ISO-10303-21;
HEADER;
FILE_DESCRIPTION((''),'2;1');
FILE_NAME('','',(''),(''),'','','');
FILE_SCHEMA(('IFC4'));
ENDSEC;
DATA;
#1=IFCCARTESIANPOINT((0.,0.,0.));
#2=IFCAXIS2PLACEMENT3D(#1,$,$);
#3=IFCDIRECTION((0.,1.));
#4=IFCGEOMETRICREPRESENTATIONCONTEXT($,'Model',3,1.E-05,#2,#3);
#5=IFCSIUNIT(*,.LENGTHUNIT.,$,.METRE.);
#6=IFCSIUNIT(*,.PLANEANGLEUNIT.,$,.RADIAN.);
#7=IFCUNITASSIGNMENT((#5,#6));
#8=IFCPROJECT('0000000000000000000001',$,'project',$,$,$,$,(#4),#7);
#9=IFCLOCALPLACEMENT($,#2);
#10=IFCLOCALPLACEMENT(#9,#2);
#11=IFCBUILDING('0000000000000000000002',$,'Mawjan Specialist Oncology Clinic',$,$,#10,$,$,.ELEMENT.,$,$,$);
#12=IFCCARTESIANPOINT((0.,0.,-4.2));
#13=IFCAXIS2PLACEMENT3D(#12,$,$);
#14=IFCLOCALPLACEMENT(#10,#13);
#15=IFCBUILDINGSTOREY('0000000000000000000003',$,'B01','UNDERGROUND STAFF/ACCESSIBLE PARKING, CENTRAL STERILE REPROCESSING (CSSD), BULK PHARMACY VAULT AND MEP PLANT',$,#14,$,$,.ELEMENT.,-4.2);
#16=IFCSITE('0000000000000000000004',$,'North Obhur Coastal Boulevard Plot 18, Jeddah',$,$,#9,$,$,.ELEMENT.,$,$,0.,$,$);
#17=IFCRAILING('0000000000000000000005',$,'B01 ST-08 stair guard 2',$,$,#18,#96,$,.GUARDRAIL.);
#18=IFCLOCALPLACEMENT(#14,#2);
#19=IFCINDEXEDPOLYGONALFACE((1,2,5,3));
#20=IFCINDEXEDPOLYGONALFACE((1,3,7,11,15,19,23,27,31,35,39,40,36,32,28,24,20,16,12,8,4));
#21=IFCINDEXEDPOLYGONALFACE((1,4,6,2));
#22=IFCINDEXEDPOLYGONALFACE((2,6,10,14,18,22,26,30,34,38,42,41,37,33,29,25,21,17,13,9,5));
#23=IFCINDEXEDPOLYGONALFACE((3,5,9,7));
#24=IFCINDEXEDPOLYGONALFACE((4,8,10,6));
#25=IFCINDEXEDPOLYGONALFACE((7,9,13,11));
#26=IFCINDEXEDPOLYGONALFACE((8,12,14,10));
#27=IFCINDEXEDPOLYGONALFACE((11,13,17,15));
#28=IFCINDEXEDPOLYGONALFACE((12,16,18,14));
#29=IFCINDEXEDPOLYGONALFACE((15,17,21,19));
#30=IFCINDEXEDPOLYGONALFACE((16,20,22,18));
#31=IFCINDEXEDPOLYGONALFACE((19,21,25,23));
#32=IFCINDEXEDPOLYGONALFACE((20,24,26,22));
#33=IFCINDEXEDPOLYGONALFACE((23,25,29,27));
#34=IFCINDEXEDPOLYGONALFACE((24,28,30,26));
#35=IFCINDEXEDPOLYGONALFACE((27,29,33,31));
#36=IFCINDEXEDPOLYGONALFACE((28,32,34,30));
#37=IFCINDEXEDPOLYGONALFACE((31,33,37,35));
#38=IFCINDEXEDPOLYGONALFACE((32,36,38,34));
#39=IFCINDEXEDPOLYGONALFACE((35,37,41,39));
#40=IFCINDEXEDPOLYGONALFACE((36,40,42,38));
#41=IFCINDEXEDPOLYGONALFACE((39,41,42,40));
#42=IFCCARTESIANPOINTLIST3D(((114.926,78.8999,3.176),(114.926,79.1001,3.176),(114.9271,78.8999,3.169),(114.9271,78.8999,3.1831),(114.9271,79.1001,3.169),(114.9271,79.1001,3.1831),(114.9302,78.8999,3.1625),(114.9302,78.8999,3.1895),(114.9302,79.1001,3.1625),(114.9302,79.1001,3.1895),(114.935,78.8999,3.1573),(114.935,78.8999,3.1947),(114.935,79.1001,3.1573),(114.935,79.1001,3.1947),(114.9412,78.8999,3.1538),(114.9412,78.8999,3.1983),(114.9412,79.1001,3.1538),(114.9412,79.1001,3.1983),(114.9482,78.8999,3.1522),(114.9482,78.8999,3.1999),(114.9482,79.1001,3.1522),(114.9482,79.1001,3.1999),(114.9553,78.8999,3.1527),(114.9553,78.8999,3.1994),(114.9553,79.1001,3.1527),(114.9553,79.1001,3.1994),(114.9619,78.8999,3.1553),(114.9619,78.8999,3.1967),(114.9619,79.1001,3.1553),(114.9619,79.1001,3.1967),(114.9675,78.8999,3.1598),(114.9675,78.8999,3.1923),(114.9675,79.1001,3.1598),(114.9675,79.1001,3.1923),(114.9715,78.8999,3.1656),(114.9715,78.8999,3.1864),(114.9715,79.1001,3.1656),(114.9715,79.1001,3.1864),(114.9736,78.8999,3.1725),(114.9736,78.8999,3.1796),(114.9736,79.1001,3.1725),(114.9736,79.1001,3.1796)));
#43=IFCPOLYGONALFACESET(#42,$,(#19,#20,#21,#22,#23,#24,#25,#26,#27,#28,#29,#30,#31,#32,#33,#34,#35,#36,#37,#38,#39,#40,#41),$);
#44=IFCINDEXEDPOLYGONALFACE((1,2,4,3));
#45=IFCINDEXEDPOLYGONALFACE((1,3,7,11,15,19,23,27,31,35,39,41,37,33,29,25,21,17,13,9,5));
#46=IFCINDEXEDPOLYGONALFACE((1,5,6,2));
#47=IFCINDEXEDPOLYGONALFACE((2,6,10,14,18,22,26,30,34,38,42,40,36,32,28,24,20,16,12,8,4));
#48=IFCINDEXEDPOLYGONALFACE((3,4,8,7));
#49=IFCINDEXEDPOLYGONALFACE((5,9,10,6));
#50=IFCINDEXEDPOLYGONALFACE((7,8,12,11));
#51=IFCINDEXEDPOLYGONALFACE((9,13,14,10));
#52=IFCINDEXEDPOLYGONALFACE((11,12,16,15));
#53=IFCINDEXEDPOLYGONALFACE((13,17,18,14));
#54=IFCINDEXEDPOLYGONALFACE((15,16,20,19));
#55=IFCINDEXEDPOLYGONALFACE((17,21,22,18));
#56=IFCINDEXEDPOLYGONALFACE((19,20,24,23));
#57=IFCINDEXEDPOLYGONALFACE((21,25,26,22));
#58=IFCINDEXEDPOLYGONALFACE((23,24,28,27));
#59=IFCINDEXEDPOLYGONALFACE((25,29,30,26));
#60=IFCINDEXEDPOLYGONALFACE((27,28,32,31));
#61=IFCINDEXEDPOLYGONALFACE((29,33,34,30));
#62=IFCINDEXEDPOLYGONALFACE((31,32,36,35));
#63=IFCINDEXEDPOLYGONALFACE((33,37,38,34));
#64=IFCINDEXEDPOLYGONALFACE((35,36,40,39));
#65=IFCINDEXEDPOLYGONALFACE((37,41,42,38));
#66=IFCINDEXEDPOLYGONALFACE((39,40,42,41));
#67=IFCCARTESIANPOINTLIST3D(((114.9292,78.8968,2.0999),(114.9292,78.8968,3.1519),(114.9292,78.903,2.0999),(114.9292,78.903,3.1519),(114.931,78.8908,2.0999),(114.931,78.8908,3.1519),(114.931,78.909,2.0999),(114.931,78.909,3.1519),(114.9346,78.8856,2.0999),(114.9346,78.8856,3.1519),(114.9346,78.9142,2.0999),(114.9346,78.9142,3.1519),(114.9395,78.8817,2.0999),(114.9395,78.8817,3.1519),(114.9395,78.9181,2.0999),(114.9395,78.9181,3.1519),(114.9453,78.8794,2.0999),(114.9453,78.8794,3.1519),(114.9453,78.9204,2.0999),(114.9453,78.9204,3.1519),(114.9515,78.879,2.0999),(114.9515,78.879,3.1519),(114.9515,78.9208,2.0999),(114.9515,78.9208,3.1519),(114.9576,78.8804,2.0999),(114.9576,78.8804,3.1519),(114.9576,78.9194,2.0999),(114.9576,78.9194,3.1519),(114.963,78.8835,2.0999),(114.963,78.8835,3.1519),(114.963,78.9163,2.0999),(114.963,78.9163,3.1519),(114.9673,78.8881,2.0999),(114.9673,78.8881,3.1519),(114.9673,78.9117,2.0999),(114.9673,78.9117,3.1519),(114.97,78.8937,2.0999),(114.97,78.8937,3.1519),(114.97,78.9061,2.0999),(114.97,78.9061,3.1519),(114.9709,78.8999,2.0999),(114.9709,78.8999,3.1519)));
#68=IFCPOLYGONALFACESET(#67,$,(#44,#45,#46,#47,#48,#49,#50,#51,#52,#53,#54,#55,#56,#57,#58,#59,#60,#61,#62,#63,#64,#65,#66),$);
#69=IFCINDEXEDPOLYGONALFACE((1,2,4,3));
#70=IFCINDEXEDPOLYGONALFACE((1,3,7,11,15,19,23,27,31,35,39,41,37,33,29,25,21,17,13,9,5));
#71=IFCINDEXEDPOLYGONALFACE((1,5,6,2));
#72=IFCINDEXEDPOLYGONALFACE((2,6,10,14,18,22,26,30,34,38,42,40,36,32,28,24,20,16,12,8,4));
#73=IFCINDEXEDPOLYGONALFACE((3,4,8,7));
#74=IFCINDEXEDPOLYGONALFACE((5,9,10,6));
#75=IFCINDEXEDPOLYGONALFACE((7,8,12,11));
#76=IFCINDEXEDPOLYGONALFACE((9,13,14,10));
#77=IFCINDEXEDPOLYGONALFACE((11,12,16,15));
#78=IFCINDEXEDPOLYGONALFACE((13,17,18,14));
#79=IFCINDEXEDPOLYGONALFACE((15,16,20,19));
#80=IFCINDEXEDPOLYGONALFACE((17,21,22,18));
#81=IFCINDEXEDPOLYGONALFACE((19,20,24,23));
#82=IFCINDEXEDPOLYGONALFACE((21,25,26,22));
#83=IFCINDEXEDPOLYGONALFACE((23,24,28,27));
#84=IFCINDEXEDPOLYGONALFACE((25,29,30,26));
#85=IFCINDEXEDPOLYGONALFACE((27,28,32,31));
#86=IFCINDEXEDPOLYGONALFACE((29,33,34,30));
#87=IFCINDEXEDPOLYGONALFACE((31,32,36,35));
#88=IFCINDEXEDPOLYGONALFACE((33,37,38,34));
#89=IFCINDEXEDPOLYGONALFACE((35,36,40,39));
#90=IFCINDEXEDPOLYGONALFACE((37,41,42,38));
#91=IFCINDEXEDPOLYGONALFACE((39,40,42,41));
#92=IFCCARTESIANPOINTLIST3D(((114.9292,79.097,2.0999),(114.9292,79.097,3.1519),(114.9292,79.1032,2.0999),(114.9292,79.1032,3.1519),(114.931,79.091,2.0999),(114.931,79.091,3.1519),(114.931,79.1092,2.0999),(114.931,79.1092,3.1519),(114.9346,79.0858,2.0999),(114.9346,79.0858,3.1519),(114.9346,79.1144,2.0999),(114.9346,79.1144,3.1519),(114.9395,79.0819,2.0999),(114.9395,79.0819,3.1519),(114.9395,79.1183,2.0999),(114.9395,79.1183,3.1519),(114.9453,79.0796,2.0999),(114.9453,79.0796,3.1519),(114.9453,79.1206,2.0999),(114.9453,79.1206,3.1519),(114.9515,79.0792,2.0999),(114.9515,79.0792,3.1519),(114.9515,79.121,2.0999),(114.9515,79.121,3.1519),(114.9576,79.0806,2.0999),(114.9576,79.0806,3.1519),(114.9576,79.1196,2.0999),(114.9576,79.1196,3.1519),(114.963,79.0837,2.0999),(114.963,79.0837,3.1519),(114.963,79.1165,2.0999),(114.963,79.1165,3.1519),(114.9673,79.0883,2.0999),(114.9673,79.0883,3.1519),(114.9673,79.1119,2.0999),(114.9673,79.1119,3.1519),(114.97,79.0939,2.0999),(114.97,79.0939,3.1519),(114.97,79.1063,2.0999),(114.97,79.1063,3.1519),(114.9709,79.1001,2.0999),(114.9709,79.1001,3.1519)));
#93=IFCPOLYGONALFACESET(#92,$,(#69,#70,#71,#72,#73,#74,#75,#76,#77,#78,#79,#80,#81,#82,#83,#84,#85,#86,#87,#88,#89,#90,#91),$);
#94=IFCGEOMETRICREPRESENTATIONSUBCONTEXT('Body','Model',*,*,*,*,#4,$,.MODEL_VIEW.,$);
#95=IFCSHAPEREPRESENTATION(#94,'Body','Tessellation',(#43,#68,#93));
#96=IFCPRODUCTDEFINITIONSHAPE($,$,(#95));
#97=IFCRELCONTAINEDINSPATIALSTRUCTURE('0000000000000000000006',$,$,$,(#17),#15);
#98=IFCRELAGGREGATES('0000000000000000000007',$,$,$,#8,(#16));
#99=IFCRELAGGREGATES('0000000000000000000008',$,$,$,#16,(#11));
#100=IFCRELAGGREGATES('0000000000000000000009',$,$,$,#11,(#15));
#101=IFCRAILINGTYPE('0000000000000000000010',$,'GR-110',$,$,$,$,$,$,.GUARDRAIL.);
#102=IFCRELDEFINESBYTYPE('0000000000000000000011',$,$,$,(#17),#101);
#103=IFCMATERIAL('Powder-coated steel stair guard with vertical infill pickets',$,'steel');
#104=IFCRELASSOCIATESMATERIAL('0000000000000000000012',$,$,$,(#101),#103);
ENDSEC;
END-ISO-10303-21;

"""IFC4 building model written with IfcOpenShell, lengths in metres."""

from ifc_helpers import new_model, si_unit, direction, frame, origin, origin_2d, place, context, subcontext, project, spatial, circle, extrude, material, type_object, element, save


model = new_model("IFC4")

# Units and contexts
model_context = context("Model", 3, precision=1e-05, world=origin(), true_north=direction((0.0, 1.0)))
body_context = subcontext(model_context, "Body", "Model", "MODEL_VIEW")
ifc_project = project(units=[si_unit("LENGTHUNIT", "METRE"), si_unit("PLANEANGLEUNIT", "RADIAN")], contexts=[model_context])

# Site, building, storey
site_placement = place(None, origin())
site = spatial("IfcSite", under=ifc_project, at=site_placement, Name="North Obhur Coastal Boulevard Plot 18, Jeddah", CompositionType="ELEMENT", RefElevation=0.0)
building_placement = place(site_placement, origin())
building = spatial("IfcBuilding", under=site, at=building_placement, Name="Mawjan Specialist Oncology Clinic", CompositionType="ELEMENT")
storey_placement = place(building_placement, frame((0.0, 0.0, -4.2)))
storey = spatial("IfcBuildingStorey", under=building, at=storey_placement, Name="B01", Description="UNDERGROUND STAFF/ACCESSIBLE PARKING, CENTRAL STERILE REPROCESSING (CSSD), BULK PHARMACY VAULT AND MEP PLANT", CompositionType="ELEMENT", Elevation=-4.2)

# Railing
ifc_material_1 = material(Name="Powder-coated steel stair guard with vertical infill pickets", Category="steel")
railing_type_1 = type_object("IfcRailingType", Name="GR-110", PredefinedType="GUARDRAIL", material=ifc_material_1)
railing_1_placement = place(storey_placement, frame((114.95, 78.8999, 2.0999)))
element("IfcRailing", 1, at=railing_1_placement, inside=storey, type_object=railing_type_1, Name="B01 ST-08 stair guard 2", PredefinedType="GUARDRAIL", context=body_context, shape_type="SweptSolid", body=[
    extrude(circle(Radius=0.0239, at=origin_2d()), frame((0.0, 0.0, 1.0762), z_axis=(0.0, 1.0, 0.0), x_axis=(-1.0, 0.0, 0.0)), (0.0, 0.0, 1.0), 0.2002),
    extrude(circle(Radius=0.021, at=origin_2d()), origin(), (0.0, 0.0, 1.0), 1.052),
    extrude(circle(Radius=0.021, at=origin_2d()), frame((0.0, 0.2002, 0.0)), (0.0, 0.0, 1.0), 1.052),
])

save(model, "model.ifc")
